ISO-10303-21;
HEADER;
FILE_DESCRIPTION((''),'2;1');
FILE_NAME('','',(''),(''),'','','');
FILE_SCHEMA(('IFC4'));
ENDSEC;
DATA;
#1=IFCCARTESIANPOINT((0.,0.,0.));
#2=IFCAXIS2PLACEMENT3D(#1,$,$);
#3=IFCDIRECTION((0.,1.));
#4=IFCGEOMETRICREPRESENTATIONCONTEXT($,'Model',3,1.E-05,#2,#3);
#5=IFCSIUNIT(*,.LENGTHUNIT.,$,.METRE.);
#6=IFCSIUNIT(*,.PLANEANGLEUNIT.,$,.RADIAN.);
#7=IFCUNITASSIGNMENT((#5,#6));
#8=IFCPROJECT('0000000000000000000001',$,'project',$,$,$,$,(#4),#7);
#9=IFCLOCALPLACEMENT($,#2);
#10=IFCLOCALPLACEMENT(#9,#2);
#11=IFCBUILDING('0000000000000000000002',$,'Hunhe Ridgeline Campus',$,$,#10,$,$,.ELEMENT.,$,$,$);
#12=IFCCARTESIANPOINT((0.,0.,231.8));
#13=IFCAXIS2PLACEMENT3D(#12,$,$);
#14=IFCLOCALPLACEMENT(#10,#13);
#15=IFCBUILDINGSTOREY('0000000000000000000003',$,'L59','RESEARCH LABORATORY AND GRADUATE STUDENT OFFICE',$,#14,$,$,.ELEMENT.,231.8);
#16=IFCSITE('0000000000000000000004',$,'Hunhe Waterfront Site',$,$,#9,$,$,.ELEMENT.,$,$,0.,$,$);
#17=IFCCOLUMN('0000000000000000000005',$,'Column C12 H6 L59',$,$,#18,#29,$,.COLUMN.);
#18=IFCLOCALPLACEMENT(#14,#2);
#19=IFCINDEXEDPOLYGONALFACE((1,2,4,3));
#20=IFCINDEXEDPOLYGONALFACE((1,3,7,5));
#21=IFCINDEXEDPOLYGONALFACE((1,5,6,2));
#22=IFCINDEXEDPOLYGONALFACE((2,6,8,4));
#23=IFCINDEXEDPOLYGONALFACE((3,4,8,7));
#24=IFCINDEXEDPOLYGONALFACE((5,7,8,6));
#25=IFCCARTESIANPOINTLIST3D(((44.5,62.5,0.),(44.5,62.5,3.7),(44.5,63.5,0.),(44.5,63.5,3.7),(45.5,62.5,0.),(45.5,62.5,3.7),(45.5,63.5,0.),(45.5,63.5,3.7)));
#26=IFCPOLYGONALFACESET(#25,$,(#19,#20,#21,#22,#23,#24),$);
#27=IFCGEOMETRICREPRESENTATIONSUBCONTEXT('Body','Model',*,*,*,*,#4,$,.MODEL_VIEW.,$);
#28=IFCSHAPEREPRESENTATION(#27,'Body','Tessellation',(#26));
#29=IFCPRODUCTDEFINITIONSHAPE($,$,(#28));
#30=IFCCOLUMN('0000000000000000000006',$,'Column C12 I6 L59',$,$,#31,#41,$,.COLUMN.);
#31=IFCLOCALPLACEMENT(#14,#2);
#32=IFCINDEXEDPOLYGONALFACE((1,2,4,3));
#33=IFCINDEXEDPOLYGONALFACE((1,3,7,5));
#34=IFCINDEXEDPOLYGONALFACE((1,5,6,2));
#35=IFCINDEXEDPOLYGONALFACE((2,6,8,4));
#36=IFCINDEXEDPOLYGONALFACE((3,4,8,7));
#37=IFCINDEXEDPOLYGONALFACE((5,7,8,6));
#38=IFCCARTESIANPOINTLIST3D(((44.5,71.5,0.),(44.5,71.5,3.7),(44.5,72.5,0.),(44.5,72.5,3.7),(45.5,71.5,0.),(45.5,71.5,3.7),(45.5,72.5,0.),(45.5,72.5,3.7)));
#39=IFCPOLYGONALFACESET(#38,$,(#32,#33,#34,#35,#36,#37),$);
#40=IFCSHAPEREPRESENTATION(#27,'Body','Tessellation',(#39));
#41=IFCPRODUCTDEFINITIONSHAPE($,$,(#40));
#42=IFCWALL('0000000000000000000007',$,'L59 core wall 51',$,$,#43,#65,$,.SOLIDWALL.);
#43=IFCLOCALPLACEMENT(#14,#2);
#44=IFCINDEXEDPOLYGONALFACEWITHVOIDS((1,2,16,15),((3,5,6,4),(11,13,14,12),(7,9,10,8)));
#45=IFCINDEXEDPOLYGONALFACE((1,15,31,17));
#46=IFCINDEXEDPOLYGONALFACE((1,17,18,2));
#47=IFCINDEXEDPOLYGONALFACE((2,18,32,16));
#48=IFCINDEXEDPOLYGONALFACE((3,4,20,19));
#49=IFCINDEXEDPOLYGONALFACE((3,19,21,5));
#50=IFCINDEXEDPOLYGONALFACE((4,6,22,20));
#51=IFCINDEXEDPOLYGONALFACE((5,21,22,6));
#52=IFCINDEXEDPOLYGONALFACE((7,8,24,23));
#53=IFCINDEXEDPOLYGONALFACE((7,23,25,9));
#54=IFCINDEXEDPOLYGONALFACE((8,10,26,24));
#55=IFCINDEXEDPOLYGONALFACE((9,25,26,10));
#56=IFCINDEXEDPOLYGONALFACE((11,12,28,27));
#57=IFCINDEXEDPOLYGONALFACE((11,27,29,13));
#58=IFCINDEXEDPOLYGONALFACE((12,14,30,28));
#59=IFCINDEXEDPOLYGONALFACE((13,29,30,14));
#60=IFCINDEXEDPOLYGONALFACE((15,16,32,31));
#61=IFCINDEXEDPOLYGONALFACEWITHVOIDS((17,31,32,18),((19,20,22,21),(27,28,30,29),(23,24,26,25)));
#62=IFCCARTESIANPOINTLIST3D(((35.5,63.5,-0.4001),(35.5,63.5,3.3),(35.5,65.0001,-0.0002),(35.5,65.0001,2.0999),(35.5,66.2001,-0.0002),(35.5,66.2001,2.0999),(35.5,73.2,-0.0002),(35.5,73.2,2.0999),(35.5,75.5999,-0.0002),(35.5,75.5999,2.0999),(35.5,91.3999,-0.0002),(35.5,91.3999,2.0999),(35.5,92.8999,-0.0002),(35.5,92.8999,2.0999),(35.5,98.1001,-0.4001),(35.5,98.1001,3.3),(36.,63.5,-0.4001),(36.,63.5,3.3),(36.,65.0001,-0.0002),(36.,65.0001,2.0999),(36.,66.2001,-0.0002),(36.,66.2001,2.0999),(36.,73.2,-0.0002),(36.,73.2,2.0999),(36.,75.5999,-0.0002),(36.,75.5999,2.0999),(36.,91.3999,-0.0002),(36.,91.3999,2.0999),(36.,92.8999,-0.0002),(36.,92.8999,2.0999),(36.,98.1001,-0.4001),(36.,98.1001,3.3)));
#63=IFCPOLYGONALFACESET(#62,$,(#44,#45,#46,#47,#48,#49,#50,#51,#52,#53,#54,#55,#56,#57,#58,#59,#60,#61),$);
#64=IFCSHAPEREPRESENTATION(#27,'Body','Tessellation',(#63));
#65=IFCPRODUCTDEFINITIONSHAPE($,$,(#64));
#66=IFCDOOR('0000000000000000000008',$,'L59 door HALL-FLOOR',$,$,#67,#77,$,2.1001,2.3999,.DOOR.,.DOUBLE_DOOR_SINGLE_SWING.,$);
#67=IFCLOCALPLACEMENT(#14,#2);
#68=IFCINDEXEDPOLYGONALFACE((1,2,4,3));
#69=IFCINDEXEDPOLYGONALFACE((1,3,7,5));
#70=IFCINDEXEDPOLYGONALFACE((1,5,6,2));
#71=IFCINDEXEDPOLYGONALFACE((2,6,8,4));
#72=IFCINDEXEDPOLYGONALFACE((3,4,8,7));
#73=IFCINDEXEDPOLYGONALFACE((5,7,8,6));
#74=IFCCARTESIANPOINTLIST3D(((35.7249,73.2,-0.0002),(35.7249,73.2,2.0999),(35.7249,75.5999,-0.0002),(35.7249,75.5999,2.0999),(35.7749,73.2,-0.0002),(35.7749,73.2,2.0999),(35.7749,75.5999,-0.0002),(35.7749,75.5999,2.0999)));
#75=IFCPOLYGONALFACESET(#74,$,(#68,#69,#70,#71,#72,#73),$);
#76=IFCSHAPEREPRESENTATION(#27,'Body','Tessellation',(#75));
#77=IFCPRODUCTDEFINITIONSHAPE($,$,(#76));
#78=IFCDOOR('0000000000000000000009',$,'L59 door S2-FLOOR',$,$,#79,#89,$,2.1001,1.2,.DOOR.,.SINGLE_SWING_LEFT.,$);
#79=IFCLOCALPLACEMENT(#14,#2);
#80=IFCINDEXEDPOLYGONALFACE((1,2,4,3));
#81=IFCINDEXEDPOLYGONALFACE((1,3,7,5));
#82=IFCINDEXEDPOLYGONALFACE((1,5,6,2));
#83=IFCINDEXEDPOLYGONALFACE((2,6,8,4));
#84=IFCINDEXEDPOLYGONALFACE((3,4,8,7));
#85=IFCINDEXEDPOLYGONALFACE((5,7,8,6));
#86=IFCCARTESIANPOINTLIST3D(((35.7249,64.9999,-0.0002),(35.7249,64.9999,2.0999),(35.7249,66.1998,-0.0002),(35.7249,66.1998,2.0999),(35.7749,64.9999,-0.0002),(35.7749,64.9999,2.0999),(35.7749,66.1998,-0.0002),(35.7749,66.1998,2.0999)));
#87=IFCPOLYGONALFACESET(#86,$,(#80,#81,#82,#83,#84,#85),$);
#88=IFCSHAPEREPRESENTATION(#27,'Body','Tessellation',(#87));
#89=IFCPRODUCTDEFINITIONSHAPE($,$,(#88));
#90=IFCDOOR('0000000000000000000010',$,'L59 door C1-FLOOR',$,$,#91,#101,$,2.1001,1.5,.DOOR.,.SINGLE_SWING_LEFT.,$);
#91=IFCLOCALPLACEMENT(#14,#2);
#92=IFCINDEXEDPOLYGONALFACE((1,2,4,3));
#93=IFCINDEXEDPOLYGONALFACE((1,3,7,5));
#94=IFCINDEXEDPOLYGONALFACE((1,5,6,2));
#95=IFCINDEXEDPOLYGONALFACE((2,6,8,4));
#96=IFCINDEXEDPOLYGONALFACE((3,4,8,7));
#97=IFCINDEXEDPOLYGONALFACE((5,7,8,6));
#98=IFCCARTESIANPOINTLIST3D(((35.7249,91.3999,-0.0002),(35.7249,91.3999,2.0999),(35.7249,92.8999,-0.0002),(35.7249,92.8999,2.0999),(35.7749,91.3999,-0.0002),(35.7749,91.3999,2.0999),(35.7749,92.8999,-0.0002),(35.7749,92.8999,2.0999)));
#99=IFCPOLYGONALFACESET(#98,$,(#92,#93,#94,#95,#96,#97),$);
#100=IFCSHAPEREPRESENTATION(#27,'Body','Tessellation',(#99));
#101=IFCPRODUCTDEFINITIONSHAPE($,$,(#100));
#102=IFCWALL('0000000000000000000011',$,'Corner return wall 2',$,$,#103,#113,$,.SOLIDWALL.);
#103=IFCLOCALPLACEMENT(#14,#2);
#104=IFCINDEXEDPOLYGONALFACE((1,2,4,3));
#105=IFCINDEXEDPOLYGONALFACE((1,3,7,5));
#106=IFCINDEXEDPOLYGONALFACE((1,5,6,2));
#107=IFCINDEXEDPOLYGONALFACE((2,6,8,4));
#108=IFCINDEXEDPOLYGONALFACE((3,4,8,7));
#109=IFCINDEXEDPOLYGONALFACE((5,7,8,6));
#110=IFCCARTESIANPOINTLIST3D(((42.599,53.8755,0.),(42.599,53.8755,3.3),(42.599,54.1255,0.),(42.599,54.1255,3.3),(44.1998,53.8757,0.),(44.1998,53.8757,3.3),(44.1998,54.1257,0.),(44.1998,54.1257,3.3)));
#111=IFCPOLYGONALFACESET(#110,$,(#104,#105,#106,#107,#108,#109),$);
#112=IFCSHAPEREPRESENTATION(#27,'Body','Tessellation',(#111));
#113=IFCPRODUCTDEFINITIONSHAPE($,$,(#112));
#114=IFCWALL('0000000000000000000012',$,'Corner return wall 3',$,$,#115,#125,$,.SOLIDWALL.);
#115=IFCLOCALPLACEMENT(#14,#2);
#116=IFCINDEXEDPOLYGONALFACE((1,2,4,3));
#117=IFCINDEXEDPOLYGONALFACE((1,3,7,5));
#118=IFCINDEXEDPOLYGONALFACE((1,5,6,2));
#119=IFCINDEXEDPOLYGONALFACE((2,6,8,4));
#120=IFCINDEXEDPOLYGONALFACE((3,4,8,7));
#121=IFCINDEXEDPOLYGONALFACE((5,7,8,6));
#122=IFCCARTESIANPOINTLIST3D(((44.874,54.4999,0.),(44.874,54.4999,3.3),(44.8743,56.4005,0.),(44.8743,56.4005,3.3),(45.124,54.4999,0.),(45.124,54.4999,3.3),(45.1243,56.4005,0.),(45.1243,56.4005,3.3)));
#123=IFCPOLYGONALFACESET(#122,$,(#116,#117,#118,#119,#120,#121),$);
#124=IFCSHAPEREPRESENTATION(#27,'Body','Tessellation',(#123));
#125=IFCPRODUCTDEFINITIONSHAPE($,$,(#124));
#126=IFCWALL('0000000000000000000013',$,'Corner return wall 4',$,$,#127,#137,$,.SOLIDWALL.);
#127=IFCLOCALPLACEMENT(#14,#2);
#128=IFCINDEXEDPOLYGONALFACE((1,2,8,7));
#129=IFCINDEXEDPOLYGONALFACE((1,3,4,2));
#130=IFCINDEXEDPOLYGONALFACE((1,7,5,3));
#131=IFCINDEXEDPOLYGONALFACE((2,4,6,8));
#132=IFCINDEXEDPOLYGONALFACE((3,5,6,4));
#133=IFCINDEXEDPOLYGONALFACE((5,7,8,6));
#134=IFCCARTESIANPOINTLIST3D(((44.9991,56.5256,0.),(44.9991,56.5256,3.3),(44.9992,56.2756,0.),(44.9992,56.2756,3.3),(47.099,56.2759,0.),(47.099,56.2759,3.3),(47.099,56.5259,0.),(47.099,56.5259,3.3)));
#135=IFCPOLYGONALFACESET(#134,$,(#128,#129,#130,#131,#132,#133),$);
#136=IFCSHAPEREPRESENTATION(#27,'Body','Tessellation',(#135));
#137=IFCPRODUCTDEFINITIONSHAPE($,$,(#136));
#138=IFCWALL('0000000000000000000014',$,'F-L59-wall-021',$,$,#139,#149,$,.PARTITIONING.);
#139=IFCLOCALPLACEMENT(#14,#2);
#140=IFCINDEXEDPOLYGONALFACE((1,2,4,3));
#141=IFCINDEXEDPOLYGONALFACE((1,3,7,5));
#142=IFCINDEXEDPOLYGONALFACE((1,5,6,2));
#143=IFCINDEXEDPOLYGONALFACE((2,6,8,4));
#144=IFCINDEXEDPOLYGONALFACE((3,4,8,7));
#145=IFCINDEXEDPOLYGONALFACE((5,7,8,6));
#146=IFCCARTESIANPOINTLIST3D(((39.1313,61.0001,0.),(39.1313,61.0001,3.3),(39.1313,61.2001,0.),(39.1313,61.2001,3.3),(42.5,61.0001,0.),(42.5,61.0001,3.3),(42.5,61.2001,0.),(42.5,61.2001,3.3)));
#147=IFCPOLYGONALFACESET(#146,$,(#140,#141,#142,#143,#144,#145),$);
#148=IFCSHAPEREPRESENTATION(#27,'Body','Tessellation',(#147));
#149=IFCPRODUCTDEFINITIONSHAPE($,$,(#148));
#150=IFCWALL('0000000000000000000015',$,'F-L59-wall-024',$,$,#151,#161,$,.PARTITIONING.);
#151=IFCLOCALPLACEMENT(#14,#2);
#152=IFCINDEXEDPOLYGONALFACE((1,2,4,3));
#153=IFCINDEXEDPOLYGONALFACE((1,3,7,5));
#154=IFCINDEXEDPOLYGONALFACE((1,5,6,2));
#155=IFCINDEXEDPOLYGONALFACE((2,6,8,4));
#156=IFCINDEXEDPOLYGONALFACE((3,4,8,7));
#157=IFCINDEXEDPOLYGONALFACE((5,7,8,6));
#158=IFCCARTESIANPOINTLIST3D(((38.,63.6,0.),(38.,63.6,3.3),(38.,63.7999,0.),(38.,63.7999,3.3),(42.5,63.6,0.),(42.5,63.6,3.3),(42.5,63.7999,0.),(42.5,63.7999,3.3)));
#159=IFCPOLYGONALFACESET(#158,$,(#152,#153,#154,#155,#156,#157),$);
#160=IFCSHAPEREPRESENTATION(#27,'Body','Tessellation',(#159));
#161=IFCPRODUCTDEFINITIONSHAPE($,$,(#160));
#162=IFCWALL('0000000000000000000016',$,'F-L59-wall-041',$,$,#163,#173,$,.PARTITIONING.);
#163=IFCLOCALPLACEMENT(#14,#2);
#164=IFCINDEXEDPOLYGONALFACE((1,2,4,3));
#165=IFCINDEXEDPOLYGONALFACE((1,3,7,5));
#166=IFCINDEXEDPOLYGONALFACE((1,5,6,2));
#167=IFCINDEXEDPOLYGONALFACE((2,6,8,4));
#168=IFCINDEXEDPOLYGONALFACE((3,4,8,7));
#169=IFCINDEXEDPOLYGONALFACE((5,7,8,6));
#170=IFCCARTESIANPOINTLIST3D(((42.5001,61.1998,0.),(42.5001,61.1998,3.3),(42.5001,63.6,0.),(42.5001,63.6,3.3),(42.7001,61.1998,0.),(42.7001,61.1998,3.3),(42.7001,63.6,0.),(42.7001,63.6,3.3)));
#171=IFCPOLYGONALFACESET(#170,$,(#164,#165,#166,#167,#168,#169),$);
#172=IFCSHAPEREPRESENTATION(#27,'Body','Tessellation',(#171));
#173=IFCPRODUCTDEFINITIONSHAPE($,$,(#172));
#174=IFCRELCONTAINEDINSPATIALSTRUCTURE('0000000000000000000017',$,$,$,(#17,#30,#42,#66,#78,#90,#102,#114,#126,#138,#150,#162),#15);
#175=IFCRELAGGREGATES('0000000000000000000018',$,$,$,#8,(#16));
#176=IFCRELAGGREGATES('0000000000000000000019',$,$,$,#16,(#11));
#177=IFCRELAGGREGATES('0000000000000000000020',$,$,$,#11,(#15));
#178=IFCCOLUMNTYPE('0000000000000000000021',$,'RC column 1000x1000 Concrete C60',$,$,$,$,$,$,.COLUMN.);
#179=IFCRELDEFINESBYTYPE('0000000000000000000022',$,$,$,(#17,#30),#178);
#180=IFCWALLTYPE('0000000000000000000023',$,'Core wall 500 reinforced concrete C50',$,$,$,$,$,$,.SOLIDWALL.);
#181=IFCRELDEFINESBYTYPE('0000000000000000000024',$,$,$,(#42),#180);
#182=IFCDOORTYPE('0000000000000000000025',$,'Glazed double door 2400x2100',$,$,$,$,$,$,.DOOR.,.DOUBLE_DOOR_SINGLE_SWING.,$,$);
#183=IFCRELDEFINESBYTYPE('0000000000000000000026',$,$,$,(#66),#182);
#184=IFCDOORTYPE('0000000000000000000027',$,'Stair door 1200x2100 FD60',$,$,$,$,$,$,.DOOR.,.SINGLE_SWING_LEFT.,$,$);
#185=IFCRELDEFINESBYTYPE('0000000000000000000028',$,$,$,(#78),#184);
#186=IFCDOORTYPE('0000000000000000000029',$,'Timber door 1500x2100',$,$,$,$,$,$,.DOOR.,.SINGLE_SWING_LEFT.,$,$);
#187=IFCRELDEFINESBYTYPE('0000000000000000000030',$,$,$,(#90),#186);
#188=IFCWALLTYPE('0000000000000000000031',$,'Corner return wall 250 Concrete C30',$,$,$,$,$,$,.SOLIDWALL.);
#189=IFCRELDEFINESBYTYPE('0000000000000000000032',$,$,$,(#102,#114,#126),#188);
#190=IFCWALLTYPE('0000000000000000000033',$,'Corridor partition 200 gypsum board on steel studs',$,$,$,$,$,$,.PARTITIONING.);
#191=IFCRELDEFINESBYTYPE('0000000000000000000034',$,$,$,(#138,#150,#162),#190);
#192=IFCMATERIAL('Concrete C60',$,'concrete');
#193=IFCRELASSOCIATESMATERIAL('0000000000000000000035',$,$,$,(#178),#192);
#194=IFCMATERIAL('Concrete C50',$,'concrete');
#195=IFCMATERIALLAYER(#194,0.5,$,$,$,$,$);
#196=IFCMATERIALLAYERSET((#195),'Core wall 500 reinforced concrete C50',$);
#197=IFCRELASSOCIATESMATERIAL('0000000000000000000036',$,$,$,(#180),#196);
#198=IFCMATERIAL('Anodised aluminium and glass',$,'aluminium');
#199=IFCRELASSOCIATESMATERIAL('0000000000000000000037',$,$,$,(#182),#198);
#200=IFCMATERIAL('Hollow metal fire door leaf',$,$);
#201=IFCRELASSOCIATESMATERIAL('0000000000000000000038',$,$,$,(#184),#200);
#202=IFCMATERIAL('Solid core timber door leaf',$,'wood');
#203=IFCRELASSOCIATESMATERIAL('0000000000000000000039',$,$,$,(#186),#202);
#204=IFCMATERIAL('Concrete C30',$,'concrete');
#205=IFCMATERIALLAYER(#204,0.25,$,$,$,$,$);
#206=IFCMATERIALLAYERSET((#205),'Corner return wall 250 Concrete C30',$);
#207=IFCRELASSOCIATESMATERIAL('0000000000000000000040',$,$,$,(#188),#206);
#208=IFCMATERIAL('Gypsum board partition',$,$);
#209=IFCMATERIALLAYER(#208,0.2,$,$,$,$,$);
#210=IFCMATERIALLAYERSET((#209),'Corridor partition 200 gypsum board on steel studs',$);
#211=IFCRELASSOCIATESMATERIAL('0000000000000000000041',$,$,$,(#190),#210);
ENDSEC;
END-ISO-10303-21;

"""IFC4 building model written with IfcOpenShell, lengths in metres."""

from ifc_helpers import new_model, si_unit, direction, frame, frame_2d, origin, origin_2d, place, context, subcontext, project, spatial, rectangle, extrude, material, layer, layer_set, material_profile, profile_set, type_object, element, fill, save


model = new_model("IFC4")

# Units and contexts
model_context = context("Model", 3, precision=1e-05, world=origin(), true_north=direction((0.0, 1.0)))
body_context = subcontext(model_context, "Body", "Model", "MODEL_VIEW")
ifc_project = project(units=[si_unit("LENGTHUNIT", "METRE"), si_unit("PLANEANGLEUNIT", "RADIAN")], contexts=[model_context])

# Site, building, storey
site_placement = place(None, origin())
site = spatial("IfcSite", under=ifc_project, at=site_placement, Name="Hunhe Waterfront Site", CompositionType="ELEMENT", RefElevation=0.0)
building_placement = place(site_placement, origin())
building = spatial("IfcBuilding", under=site, at=building_placement, Name="Hunhe Ridgeline Campus", CompositionType="ELEMENT")
storey_placement = place(building_placement, frame((0.0, 0.0, 231.8)))
storey = spatial("IfcBuildingStorey", under=building, at=storey_placement, Name="L59", Description="RESEARCH LABORATORY AND GRADUATE STUDENT OFFICE", CompositionType="ELEMENT", Elevation=231.8)

# Columns
ifc_material_1 = material(Name="Concrete C60", Category="concrete")
ifc_material_profile = material_profile(ifc_material_1, rectangle(XDim=1.0, YDim=1.0, at=origin_2d()))
ifc_profile_set = profile_set([ifc_material_profile], Name="Concrete C60")
column_type = type_object("IfcColumnType", Name="RC column 1000x1000 Concrete C60", PredefinedType="COLUMN", material=ifc_profile_set)
for number, where, z_axis, x_axis, name in (
    (1, (45.0, 63.0, 0.0), (0.0, 0.0, 1.0), (1.0, 0.0, 0.0), "Column C12 H6 L59"),
    (2, (45.0, 72.0, 0.0), (0.0, 0.0, 1.0), (1.0, 0.0, 0.0), "Column C12 I6 L59"),
):
    element("IfcColumn", number, at=place(storey_placement, frame(where, z_axis=z_axis, x_axis=x_axis)), inside=storey, type_object=column_type, Name=name, PredefinedType="COLUMN", context=body_context, shape_type="SweptSolid", body=[
        extrude(rectangle(XDim=1.0, YDim=1.0, at=origin_2d()), origin(), (0.0, 0.0, 1.0), 3.7),
    ])

# Wall, openings, doors
ifc_material_2 = material(Name="Concrete C50", Category="concrete")
ifc_layer_1 = layer(ifc_material_2, 0.5)
ifc_layer_set_1 = layer_set([ifc_layer_1], Name="Core wall 500 reinforced concrete C50")
wall_type_1 = type_object("IfcWallType", Name="Core wall 500 reinforced concrete C50", PredefinedType="SOLIDWALL", material=ifc_layer_set_1)
wall_1_placement = place(storey_placement, frame((35.75, 63.5, -0.4001), z_axis=(0.0, 0.0, 1.0), x_axis=(0.0, 1.0, 0.0)))
wall_1 = element("IfcWall", 3, at=wall_1_placement, inside=storey, type_object=wall_type_1, Name="L59 core wall 51", PredefinedType="SOLIDWALL", context=body_context, shape_type="SweptSolid", body=[
    extrude(rectangle(XDim=34.6001, YDim=0.5, at=frame_2d((17.3, 0.0))), origin(), (0.0, 0.0, 1.0), 3.7002),
])
opening_1_placement = place(wall_1_placement, frame((9.7, 0.0, 0.3999)))
opening_1 = element("IfcOpeningElement", 4, at=opening_1_placement, cuts=wall_1, PredefinedType="OPENING", context=body_context, shape_type="SweptSolid", body=[
    extrude(rectangle(XDim=2.3999, YDim=2.1001, at=frame_2d((1.2, 1.05))), frame((0.0, 0.25, 0.0), z_axis=(0.0, -1.0, 0.0), x_axis=(1.0, 0.0, 0.0)), (0.0, 0.0, 1.0), 0.5),
])
opening_2_placement = place(wall_1_placement, frame((27.8999, 0.0, 0.3999)))
opening_2 = element("IfcOpeningElement", 5, at=opening_2_placement, cuts=wall_1, PredefinedType="OPENING", context=body_context, shape_type="SweptSolid", body=[
    extrude(rectangle(XDim=1.5, YDim=2.1001, at=frame_2d((0.75, 1.05))), frame((0.0, 0.25, 0.0), z_axis=(0.0, -1.0, 0.0), x_axis=(1.0, 0.0, 0.0)), (0.0, 0.0, 1.0), 0.5),
])
opening_3_placement = place(wall_1_placement, frame((1.5, 0.0, 0.3999)))
opening_3 = element("IfcOpeningElement", 6, at=opening_3_placement, cuts=wall_1, PredefinedType="OPENING", context=body_context, shape_type="SweptSolid", body=[
    extrude(rectangle(XDim=1.2, YDim=2.1001, at=frame_2d((0.6001, 1.05))), frame((0.0, 0.25, 0.0), z_axis=(0.0, -1.0, 0.0), x_axis=(1.0, 0.0, 0.0)), (0.0, 0.0, 1.0), 0.5),
])
ifc_material_3 = material(Name="Anodised aluminium and glass", Category="aluminium")
door_type_1 = type_object("IfcDoorType", Name="Glazed double door 2400x2100", OperationType="DOUBLE_DOOR_SINGLE_SWING", PredefinedType="DOOR", material=ifc_material_3)
door_1_placement = place(opening_1_placement, frame((2.3999, 0.0, 0.0), z_axis=(0.0, 0.0, 1.0), x_axis=(-1.0, 0.0, 0.0)))
door_1 = element("IfcDoor", 7, at=door_1_placement, inside=storey, type_object=door_type_1, Name="L59 door HALL-FLOOR", OperationType="DOUBLE_DOOR_SINGLE_SWING", OverallHeight=2.1001, OverallWidth=2.3999, PredefinedType="DOOR", context=body_context, shape_type="SweptSolid", body=[
    extrude(rectangle(XDim=2.3999, YDim=2.1001, at=frame_2d((1.2, 1.05))), frame((0.0, 0.0249, 0.0), z_axis=(0.0, -1.0, 0.0), x_axis=(1.0, 0.0, 0.0)), (0.0, 0.0, 1.0), 0.05),
])
fill(opening_1, door_1)
ifc_material_4 = material(Name="Hollow metal fire door leaf")
door_type_2 = type_object("IfcDoorType", Name="Stair door 1200x2100 FD60", OperationType="SINGLE_SWING_LEFT", PredefinedType="DOOR", material=ifc_material_4)
door_2_placement = place(opening_3_placement, frame((1.2, 0.0, 0.0), z_axis=(0.0, 0.0, 1.0), x_axis=(-1.0, 0.0, 0.0)))
door_2 = element("IfcDoor", 8, at=door_2_placement, inside=storey, type_object=door_type_2, Name="L59 door S2-FLOOR", OperationType="SINGLE_SWING_LEFT", OverallHeight=2.1001, OverallWidth=1.2, PredefinedType="DOOR", context=body_context, shape_type="SweptSolid", body=[
    extrude(rectangle(XDim=1.2, YDim=2.1001, at=frame_2d((0.6001, 1.05))), frame((0.0, 0.0249, 0.0), z_axis=(0.0, -1.0, 0.0), x_axis=(1.0, 0.0, 0.0)), (0.0, 0.0, 1.0), 0.05),
])
fill(opening_3, door_2)
ifc_material_5 = material(Name="Solid core timber door leaf", Category="wood")
door_type_3 = type_object("IfcDoorType", Name="Timber door 1500x2100", OperationType="SINGLE_SWING_LEFT", PredefinedType="DOOR", material=ifc_material_5)
door_3_placement = place(opening_2_placement, frame((1.5, 0.0, 0.0), z_axis=(0.0, 0.0, 1.0), x_axis=(-1.0, 0.0, 0.0)))
door_3 = element("IfcDoor", 9, at=door_3_placement, inside=storey, type_object=door_type_3, Name="L59 door C1-FLOOR", OperationType="SINGLE_SWING_LEFT", OverallHeight=2.1001, OverallWidth=1.5, PredefinedType="DOOR", context=body_context, shape_type="SweptSolid", body=[
    extrude(rectangle(XDim=1.5, YDim=2.1001, at=frame_2d((0.75, 1.05))), frame((0.0, 0.0249, 0.0), z_axis=(0.0, -1.0, 0.0), x_axis=(1.0, 0.0, 0.0)), (0.0, 0.0, 1.0), 0.05),
])
fill(opening_2, door_3)

# Walls
ifc_material_6 = material(Name="Concrete C30", Category="concrete")
ifc_layer_2 = layer(ifc_material_6, 0.25)
ifc_layer_set_2 = layer_set([ifc_layer_2], Name="Corner return wall 250 Concrete C30")
wall_type_2 = type_object("IfcWallType", Name="Corner return wall 250 Concrete C30", PredefinedType="SOLIDWALL", material=ifc_layer_set_2)
wall_2_placement = place(storey_placement, frame((42.5991, 54.0005, 0.0), z_axis=(0.0, 0.0, 1.0), x_axis=(1.0, 0.000153, 0.0)))
element("IfcWall", 10, at=wall_2_placement, inside=storey, type_object=wall_type_2, Name="Corner return wall 2", PredefinedType="SOLIDWALL", context=body_context, shape_type="SweptSolid", body=[
    extrude(rectangle(XDim=1.6008, YDim=0.25, at=frame_2d((0.8003, 0.0))), origin(), (0.0, 0.0, 1.0), 3.3),
])
wall_3_placement = place(storey_placement, frame((44.999, 54.5, 0.0), z_axis=(0.0, 0.0, 1.0), x_axis=(0.000128, 1.0, 0.0)))
element("IfcWall", 11, at=wall_3_placement, inside=storey, type_object=wall_type_2, Name="Corner return wall 3", PredefinedType="SOLIDWALL", context=body_context, shape_type="SweptSolid", body=[
    extrude(rectangle(XDim=1.9006, YDim=0.25, at=frame_2d((0.9502, 0.0))), origin(), (0.0, 0.0, 1.0), 3.3),
])
wall_4_placement = place(storey_placement, frame((44.9993, 56.4006, 0.0), z_axis=(0.0, 0.0, 1.0), x_axis=(1.0, 0.000116, 0.0)))
element("IfcWall", 12, at=wall_4_placement, inside=storey, type_object=wall_type_2, Name="Corner return wall 4", PredefinedType="SOLIDWALL", context=body_context, shape_type="SweptSolid", body=[
    extrude(rectangle(XDim=2.0999, YDim=0.25, at=frame_2d((1.0498, 0.0))), origin(), (0.0, 0.0, 1.0), 3.3),
])

# Shared definitions
ifc_material_7 = material(Name="Gypsum board partition")
ifc_layer_3 = layer(ifc_material_7, 0.2)
ifc_layer_set_3 = layer_set([ifc_layer_3], Name="Corridor partition 200 gypsum board on steel studs")
wall_type_3 = type_object("IfcWallType", Name="Corridor partition 200 gypsum board on steel studs", PredefinedType="PARTITIONING", material=ifc_layer_set_3)

# Walls
wall_5_placement = place(storey_placement, frame((42.5, 61.1001, 0.0), z_axis=(0.0, 0.0, 1.0), x_axis=(-1.0, 0.0, 0.0)))
element("IfcWall", 13, at=wall_5_placement, inside=storey, type_object=wall_type_3, Name="F-L59-wall-021", PredefinedType="PARTITIONING", context=body_context, shape_type="SweptSolid", body=[
    extrude(rectangle(XDim=3.3687, YDim=0.2, at=frame_2d((1.6843, 0.0))), origin(), (0.0, 0.0, 1.0), 3.3),
])
wall_6_placement = place(storey_placement, frame((38.0, 63.7, 0.0), z_axis=(0.0, 0.0, 1.0), x_axis=(1.0, 0.0, 0.0)))
element("IfcWall", 14, at=wall_6_placement, inside=storey, type_object=wall_type_3, Name="F-L59-wall-024", PredefinedType="PARTITIONING", context=body_context, shape_type="SweptSolid", body=[
    extrude(rectangle(XDim=4.5, YDim=0.2, at=frame_2d((2.25, 0.0))), origin(), (0.0, 0.0, 1.0), 3.3),
])

# Wall
wall_7_placement = place(storey_placement, frame((42.6001, 63.6001, 0.0), z_axis=(0.0, 0.0, 1.0), x_axis=(0.0, -1.0, 0.0)))
element("IfcWall", 15, at=wall_7_placement, inside=storey, type_object=wall_type_3, Name="F-L59-wall-041", PredefinedType="PARTITIONING", context=body_context, shape_type="SweptSolid", body=[
    extrude(rectangle(XDim=2.4001, YDim=0.2, at=frame_2d((1.2002, 0.0))), origin(), (0.0, 0.0, 1.0), 3.3),
])

save(model, "model.ifc")
